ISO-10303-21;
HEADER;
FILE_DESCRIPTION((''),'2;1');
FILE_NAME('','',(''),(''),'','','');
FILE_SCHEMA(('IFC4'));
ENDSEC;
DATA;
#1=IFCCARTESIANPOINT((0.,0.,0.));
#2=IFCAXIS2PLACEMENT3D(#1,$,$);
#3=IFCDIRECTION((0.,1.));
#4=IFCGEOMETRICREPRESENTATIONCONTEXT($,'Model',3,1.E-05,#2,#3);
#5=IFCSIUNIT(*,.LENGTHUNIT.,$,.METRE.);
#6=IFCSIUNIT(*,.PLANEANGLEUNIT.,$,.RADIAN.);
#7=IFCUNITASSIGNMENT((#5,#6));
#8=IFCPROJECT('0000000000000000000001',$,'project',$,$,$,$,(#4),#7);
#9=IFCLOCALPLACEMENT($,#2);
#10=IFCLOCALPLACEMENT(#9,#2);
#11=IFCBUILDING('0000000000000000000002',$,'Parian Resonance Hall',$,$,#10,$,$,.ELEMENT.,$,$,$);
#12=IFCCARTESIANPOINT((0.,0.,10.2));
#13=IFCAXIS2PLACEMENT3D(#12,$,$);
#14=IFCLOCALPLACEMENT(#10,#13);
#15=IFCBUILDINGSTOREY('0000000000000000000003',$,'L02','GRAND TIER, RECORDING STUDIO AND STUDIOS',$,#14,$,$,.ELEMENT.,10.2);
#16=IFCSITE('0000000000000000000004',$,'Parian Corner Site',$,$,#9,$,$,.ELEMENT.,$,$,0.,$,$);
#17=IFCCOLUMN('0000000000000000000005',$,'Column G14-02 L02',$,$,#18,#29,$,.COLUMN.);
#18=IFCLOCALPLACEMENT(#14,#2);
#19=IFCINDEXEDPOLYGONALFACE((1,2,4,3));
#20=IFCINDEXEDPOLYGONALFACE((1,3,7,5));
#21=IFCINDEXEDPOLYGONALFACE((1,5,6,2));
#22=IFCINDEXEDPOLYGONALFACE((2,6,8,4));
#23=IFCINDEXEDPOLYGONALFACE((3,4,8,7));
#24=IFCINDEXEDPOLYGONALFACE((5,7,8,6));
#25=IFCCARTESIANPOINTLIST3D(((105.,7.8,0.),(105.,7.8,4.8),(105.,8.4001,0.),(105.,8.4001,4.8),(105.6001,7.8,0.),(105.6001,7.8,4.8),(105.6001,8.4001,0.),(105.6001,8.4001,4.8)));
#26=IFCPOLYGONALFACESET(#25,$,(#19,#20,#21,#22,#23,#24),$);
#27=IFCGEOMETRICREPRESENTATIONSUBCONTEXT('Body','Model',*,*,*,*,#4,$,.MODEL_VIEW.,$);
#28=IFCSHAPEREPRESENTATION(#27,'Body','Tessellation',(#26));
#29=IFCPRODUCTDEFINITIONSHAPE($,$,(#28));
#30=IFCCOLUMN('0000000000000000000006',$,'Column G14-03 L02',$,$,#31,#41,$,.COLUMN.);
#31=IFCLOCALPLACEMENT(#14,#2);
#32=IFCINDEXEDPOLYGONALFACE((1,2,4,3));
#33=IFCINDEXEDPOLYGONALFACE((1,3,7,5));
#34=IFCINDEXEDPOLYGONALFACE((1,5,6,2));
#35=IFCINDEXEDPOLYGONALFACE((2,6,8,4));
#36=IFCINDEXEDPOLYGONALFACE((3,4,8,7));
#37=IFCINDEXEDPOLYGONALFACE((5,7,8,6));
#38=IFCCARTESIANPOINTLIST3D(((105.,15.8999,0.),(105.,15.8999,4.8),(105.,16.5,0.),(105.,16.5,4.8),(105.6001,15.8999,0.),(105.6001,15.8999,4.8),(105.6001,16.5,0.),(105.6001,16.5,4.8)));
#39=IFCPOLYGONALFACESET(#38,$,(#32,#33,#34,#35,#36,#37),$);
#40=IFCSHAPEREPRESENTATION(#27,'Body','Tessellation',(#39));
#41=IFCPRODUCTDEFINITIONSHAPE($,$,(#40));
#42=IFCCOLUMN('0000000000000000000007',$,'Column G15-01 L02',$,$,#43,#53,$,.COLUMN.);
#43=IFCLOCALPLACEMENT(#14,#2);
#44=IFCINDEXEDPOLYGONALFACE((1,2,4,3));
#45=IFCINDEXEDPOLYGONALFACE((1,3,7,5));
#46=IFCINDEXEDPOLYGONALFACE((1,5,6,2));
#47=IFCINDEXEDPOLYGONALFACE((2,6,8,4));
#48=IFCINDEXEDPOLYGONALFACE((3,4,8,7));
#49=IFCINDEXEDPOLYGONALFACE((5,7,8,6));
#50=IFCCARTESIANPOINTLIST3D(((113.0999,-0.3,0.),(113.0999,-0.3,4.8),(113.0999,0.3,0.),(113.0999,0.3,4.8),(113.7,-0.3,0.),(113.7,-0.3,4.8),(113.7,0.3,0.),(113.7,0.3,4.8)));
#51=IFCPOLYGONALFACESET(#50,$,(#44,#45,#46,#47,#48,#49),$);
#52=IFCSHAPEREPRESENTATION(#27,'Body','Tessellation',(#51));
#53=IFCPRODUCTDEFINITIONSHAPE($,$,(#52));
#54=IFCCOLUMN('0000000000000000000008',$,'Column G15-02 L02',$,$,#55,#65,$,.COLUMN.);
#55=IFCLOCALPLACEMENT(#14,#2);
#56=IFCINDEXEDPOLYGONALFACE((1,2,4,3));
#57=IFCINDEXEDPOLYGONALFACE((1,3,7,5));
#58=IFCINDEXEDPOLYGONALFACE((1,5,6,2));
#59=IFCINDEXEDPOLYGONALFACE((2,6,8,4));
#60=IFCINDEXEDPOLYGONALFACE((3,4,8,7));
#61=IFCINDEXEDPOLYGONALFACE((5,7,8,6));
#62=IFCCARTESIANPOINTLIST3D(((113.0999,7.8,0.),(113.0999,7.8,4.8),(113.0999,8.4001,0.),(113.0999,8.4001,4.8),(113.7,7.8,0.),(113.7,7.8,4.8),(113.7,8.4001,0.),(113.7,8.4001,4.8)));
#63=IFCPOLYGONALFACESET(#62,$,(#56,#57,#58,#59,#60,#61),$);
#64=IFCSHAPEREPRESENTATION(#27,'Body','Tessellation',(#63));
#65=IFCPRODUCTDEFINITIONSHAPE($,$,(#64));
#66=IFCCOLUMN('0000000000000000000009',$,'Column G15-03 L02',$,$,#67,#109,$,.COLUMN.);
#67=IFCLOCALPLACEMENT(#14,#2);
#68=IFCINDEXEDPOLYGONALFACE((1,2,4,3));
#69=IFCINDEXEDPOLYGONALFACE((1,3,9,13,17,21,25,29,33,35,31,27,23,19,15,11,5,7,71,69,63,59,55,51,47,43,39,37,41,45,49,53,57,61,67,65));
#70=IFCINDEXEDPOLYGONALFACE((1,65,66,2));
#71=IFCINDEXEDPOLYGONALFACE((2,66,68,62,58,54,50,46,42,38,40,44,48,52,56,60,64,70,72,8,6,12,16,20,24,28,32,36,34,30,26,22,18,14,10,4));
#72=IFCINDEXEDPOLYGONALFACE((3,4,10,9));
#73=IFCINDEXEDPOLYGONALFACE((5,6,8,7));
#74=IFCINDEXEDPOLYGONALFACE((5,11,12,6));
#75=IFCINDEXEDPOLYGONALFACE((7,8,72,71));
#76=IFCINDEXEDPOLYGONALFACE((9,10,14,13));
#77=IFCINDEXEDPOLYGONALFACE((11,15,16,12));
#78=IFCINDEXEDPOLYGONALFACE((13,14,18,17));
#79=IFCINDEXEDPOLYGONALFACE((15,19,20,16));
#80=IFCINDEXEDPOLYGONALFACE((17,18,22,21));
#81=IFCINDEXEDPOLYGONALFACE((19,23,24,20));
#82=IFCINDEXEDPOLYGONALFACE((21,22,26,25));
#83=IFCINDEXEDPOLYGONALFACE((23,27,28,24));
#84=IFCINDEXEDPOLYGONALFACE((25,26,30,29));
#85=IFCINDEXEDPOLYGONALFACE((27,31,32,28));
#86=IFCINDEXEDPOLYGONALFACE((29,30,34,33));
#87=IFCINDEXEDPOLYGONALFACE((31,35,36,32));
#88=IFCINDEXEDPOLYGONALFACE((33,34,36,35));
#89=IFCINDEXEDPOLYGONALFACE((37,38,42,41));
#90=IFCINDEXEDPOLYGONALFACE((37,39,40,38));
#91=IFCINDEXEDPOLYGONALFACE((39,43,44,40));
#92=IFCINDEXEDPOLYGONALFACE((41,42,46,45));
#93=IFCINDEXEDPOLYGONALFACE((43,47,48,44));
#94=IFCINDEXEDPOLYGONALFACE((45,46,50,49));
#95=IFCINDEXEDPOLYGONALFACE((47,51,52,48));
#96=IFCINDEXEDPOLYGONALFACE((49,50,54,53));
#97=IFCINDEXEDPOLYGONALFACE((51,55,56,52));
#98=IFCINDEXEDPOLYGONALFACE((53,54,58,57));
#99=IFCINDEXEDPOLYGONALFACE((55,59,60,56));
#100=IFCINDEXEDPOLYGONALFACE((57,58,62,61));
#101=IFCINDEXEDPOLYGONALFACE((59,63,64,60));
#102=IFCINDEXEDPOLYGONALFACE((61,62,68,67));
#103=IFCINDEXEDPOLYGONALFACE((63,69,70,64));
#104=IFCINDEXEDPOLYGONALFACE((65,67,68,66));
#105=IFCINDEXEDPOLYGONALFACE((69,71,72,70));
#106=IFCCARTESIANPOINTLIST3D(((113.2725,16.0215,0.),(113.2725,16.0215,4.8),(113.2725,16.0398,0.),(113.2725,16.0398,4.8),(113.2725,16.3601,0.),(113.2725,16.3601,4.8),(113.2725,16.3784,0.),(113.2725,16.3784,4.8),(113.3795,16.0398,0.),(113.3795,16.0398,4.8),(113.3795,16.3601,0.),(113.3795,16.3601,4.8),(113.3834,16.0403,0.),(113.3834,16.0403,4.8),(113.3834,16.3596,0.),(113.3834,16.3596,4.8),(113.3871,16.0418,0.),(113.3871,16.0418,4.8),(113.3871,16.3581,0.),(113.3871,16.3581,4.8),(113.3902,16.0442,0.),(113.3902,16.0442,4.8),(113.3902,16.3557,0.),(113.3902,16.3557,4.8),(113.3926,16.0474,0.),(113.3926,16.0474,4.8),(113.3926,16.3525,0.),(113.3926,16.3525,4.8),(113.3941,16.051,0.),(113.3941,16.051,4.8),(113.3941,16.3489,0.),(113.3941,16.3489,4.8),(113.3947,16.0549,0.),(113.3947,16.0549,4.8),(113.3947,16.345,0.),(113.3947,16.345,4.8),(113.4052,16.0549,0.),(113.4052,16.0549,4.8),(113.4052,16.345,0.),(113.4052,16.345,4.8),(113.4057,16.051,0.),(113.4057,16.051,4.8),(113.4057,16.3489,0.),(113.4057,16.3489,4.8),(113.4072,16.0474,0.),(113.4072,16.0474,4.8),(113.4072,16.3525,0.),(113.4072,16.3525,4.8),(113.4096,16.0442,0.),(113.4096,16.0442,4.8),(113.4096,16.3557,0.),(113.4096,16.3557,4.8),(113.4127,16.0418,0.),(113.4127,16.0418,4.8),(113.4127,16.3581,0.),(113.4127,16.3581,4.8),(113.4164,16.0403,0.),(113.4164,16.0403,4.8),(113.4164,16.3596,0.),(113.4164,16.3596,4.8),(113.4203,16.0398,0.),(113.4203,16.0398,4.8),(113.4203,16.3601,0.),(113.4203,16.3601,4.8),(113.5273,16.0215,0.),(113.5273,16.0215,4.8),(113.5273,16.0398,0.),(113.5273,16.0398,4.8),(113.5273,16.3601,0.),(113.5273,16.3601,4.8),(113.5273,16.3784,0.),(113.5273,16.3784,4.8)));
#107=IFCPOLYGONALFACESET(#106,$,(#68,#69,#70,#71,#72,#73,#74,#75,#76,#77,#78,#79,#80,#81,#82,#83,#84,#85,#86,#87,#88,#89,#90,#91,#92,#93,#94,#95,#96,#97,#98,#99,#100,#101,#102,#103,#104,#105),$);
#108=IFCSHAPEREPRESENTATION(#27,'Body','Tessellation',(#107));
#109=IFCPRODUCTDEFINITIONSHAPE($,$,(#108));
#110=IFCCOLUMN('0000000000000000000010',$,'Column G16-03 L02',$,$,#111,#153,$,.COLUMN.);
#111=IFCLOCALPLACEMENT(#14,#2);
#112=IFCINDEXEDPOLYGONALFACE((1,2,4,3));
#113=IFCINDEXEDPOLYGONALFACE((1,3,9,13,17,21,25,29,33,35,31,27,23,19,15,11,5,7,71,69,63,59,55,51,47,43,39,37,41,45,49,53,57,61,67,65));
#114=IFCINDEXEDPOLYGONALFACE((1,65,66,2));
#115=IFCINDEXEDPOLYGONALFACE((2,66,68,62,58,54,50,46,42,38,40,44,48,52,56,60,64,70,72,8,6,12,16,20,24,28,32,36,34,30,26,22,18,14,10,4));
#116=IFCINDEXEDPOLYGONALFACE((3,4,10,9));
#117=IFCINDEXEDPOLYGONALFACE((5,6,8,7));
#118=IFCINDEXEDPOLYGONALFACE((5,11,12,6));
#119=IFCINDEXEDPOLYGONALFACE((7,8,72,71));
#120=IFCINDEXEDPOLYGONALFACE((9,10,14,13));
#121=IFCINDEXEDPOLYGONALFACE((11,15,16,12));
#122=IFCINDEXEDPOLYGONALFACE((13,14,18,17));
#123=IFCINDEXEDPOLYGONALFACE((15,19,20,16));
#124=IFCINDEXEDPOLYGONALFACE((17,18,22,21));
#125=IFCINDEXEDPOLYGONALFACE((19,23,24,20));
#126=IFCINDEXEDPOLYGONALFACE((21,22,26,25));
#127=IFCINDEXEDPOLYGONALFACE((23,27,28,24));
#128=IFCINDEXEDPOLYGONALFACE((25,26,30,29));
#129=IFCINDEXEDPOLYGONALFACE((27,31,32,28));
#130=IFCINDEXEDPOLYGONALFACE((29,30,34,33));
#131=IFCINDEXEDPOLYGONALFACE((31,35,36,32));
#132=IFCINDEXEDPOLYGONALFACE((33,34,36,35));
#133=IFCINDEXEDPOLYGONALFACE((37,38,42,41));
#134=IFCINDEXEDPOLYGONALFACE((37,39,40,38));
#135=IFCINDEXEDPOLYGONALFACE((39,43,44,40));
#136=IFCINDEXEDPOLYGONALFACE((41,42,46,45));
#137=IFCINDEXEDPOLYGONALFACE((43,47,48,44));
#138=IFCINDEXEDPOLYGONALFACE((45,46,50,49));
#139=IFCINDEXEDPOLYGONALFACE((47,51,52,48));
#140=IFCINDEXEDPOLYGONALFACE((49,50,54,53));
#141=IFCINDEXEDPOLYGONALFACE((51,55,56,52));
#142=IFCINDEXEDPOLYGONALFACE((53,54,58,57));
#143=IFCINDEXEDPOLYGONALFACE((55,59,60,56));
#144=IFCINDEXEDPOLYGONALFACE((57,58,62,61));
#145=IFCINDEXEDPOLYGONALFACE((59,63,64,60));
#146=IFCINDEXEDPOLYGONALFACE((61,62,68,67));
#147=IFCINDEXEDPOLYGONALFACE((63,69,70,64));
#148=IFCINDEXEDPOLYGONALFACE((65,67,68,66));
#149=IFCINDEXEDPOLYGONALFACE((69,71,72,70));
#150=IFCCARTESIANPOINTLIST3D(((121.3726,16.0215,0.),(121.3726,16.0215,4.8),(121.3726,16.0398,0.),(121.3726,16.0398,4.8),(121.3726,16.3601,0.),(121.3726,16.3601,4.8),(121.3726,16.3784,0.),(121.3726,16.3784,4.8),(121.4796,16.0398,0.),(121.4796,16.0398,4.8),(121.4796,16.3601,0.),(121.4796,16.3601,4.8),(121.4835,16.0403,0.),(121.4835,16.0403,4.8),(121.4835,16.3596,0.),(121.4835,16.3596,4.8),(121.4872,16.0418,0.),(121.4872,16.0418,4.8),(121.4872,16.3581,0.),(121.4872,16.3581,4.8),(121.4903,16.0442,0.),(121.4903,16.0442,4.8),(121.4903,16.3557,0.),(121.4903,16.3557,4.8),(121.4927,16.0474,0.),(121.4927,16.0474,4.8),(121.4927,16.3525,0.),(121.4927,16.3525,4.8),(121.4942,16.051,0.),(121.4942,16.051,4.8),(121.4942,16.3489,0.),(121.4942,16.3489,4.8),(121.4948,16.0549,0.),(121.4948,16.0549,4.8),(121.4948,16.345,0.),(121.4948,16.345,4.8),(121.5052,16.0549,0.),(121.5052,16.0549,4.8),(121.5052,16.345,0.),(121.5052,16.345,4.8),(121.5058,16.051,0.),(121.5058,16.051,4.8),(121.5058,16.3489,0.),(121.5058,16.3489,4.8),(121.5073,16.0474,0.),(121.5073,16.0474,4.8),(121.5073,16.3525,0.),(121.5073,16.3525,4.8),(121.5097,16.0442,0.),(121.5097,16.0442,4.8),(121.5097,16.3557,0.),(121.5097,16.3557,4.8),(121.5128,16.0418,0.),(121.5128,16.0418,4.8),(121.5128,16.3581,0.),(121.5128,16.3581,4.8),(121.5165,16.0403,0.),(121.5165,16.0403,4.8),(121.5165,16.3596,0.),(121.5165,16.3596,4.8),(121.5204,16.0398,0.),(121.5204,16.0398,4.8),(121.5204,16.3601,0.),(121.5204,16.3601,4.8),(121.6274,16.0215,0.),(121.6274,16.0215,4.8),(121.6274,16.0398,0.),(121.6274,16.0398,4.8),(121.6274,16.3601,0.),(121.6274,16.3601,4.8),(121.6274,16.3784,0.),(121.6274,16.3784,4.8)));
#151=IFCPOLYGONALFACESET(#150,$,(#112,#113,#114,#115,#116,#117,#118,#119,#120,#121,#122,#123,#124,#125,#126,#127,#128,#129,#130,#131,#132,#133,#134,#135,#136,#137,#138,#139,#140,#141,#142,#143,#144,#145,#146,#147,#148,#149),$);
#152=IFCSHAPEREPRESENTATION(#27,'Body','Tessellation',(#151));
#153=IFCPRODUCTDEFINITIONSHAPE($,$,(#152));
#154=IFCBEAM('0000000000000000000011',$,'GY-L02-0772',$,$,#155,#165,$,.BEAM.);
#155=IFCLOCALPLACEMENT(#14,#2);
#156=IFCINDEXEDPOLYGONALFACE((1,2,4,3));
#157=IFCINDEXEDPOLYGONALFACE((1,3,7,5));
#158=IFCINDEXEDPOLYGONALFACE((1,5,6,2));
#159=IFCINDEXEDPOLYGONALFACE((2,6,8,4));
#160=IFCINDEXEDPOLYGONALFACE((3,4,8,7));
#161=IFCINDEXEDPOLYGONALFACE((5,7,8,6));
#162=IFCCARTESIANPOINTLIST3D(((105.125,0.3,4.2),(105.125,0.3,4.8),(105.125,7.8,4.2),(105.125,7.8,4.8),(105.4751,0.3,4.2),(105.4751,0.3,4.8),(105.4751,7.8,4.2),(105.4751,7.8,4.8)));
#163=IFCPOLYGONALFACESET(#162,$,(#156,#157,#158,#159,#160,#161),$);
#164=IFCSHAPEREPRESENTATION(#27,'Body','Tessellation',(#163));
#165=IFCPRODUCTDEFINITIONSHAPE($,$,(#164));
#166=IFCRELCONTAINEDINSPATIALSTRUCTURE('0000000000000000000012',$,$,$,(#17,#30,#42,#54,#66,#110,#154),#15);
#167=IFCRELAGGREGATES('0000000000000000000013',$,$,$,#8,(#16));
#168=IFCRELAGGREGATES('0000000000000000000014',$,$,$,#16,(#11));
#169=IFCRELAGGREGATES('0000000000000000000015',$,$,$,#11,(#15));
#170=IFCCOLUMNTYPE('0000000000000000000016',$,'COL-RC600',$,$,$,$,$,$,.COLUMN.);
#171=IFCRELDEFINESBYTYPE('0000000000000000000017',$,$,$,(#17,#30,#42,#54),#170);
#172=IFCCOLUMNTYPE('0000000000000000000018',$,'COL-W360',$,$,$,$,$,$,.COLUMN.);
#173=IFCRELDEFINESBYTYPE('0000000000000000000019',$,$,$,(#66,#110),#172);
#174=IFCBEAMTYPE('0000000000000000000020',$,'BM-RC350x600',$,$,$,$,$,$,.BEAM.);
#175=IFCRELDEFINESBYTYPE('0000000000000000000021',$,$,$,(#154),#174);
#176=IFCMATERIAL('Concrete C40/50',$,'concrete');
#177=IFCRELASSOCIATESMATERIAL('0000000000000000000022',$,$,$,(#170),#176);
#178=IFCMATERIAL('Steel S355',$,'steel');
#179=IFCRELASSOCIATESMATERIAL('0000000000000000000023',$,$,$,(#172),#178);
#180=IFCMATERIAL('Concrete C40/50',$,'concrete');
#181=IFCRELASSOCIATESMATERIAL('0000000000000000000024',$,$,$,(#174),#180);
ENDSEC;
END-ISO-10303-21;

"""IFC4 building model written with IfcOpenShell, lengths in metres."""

from ifc_helpers import new_model, si_unit, direction, frame, origin, origin_2d, place, context, subcontext, project, spatial, rectangle, i_section, extrude, material, material_profile, profile_set, type_object, element, save


model = new_model("IFC4")

# Units and contexts
model_context = context("Model", 3, precision=1e-05, world=origin(), true_north=direction((0.0, 1.0)))
body_context = subcontext(model_context, "Body", "Model", "MODEL_VIEW")
ifc_project = project(units=[si_unit("LENGTHUNIT", "METRE"), si_unit("PLANEANGLEUNIT", "RADIAN")], contexts=[model_context])

# Site, building, storey
site_placement = place(None, origin())
site = spatial("IfcSite", under=ifc_project, at=site_placement, Name="Parian Corner Site", CompositionType="ELEMENT", RefElevation=0.0)
building_placement = place(site_placement, origin())
building = spatial("IfcBuilding", under=site, at=building_placement, Name="Parian Resonance Hall", CompositionType="ELEMENT")
storey_placement = place(building_placement, frame((0.0, 0.0, 10.2)))
storey = spatial("IfcBuildingStorey", under=building, at=storey_placement, Name="L02", Description="GRAND TIER, RECORDING STUDIO AND STUDIOS", CompositionType="ELEMENT", Elevation=10.2)

# Columns
ifc_material_1 = material(Name="Concrete C40/50", Category="concrete")
ifc_material_profile_1 = material_profile(ifc_material_1, rectangle(XDim=0.6001, YDim=0.6001, at=origin_2d()), Name="RC-COL-600x600")
ifc_profile_set_1 = profile_set([ifc_material_profile_1], Name="Concrete C40/50")
column_type_1 = type_object("IfcColumnType", Name="COL-RC600", PredefinedType="COLUMN", material=ifc_profile_set_1)
for number, where, z_axis, x_axis, name in (
    (1, (105.3, 8.1001, 0.0), (0.0, 0.0, 1.0), (1.0, 0.0, 0.0), "Column G14-02 L02"),
    (2, (105.3, 16.2, 0.0), (0.0, 0.0, 1.0), (1.0, 0.0, 0.0), "Column G14-03 L02"),
    (3, (113.3999, 0.0, 0.0), (0.0, 0.0, 1.0), (1.0, 0.0, 0.0), "Column G15-01 L02"),
    (4, (113.3999, 8.1001, 0.0), (0.0, 0.0, 1.0), (1.0, 0.0, 0.0), "Column G15-02 L02"),
):
    element("IfcColumn", number, at=place(storey_placement, frame(where, z_axis=z_axis, x_axis=x_axis)), inside=storey, type_object=column_type_1, Name=name, PredefinedType="COLUMN", context=body_context, shape_type="SweptSolid", body=[
        extrude(rectangle(XDim=0.6001, YDim=0.6001, at=origin_2d()), origin(), (0.0, 0.0, 1.0), 4.8),
    ])
ifc_material_2 = material(Name="Steel S355", Category="steel")
ifc_material_profile_2 = material_profile(ifc_material_2, i_section(OverallWidth=0.2549, OverallDepth=0.3569, WebThickness=0.0105, FlangeThickness=0.0183, FilletRadius=0.0151, at=origin_2d()), Name="W360x101")
ifc_profile_set_2 = profile_set([ifc_material_profile_2], Name="Steel S355")
column_type_2 = type_object("IfcColumnType", Name="COL-W360", PredefinedType="COLUMN", material=ifc_profile_set_2)
for number, where, z_axis, x_axis, name in (
    (5, (113.3999, 16.2, 0.0), (0.0, 0.0, 1.0), (1.0, 0.0, 0.0), "Column G15-03 L02"),
    (6, (121.5, 16.2, 0.0), (0.0, 0.0, 1.0), (1.0, 0.0, 0.0), "Column G16-03 L02"),
):
    element("IfcColumn", number, at=place(storey_placement, frame(where, z_axis=z_axis, x_axis=x_axis)), inside=storey, type_object=column_type_2, Name=name, PredefinedType="COLUMN", context=body_context, shape_type="SweptSolid", body=[
        extrude(i_section(OverallWidth=0.2549, OverallDepth=0.3569, WebThickness=0.0105, FlangeThickness=0.0183, FilletRadius=0.0151, at=origin_2d()), origin(), (0.0, 0.0, 1.0), 4.8),
    ])

# Beam
ifc_material_3 = material(Name="Concrete C40/50", Category="concrete")
ifc_material_profile_3 = material_profile(ifc_material_3, rectangle(XDim=0.3501, YDim=0.6001, at=origin_2d()), Name="RC-BM-350x600")
ifc_profile_set_3 = profile_set([ifc_material_profile_3], Name="Concrete C40/50")
beam_type_1 = type_object("IfcBeamType", Name="BM-RC350x600", PredefinedType="BEAM", material=ifc_profile_set_3)
beam_1_placement = place(storey_placement, frame((105.3, 0.3, 4.5), z_axis=(0.0, 1.0, 0.0), x_axis=(-1.0, 0.0, 0.0)))
element("IfcBeam", 7, at=beam_1_placement, inside=storey, type_object=beam_type_1, Name="GY-L02-0772", PredefinedType="BEAM", context=body_context, shape_type="SweptSolid", body=[
    extrude(rectangle(XDim=0.3501, YDim=0.6001, at=origin_2d()), origin(), (0.0, 0.0, 1.0), 7.5),
])

save(model, "model.ifc")
